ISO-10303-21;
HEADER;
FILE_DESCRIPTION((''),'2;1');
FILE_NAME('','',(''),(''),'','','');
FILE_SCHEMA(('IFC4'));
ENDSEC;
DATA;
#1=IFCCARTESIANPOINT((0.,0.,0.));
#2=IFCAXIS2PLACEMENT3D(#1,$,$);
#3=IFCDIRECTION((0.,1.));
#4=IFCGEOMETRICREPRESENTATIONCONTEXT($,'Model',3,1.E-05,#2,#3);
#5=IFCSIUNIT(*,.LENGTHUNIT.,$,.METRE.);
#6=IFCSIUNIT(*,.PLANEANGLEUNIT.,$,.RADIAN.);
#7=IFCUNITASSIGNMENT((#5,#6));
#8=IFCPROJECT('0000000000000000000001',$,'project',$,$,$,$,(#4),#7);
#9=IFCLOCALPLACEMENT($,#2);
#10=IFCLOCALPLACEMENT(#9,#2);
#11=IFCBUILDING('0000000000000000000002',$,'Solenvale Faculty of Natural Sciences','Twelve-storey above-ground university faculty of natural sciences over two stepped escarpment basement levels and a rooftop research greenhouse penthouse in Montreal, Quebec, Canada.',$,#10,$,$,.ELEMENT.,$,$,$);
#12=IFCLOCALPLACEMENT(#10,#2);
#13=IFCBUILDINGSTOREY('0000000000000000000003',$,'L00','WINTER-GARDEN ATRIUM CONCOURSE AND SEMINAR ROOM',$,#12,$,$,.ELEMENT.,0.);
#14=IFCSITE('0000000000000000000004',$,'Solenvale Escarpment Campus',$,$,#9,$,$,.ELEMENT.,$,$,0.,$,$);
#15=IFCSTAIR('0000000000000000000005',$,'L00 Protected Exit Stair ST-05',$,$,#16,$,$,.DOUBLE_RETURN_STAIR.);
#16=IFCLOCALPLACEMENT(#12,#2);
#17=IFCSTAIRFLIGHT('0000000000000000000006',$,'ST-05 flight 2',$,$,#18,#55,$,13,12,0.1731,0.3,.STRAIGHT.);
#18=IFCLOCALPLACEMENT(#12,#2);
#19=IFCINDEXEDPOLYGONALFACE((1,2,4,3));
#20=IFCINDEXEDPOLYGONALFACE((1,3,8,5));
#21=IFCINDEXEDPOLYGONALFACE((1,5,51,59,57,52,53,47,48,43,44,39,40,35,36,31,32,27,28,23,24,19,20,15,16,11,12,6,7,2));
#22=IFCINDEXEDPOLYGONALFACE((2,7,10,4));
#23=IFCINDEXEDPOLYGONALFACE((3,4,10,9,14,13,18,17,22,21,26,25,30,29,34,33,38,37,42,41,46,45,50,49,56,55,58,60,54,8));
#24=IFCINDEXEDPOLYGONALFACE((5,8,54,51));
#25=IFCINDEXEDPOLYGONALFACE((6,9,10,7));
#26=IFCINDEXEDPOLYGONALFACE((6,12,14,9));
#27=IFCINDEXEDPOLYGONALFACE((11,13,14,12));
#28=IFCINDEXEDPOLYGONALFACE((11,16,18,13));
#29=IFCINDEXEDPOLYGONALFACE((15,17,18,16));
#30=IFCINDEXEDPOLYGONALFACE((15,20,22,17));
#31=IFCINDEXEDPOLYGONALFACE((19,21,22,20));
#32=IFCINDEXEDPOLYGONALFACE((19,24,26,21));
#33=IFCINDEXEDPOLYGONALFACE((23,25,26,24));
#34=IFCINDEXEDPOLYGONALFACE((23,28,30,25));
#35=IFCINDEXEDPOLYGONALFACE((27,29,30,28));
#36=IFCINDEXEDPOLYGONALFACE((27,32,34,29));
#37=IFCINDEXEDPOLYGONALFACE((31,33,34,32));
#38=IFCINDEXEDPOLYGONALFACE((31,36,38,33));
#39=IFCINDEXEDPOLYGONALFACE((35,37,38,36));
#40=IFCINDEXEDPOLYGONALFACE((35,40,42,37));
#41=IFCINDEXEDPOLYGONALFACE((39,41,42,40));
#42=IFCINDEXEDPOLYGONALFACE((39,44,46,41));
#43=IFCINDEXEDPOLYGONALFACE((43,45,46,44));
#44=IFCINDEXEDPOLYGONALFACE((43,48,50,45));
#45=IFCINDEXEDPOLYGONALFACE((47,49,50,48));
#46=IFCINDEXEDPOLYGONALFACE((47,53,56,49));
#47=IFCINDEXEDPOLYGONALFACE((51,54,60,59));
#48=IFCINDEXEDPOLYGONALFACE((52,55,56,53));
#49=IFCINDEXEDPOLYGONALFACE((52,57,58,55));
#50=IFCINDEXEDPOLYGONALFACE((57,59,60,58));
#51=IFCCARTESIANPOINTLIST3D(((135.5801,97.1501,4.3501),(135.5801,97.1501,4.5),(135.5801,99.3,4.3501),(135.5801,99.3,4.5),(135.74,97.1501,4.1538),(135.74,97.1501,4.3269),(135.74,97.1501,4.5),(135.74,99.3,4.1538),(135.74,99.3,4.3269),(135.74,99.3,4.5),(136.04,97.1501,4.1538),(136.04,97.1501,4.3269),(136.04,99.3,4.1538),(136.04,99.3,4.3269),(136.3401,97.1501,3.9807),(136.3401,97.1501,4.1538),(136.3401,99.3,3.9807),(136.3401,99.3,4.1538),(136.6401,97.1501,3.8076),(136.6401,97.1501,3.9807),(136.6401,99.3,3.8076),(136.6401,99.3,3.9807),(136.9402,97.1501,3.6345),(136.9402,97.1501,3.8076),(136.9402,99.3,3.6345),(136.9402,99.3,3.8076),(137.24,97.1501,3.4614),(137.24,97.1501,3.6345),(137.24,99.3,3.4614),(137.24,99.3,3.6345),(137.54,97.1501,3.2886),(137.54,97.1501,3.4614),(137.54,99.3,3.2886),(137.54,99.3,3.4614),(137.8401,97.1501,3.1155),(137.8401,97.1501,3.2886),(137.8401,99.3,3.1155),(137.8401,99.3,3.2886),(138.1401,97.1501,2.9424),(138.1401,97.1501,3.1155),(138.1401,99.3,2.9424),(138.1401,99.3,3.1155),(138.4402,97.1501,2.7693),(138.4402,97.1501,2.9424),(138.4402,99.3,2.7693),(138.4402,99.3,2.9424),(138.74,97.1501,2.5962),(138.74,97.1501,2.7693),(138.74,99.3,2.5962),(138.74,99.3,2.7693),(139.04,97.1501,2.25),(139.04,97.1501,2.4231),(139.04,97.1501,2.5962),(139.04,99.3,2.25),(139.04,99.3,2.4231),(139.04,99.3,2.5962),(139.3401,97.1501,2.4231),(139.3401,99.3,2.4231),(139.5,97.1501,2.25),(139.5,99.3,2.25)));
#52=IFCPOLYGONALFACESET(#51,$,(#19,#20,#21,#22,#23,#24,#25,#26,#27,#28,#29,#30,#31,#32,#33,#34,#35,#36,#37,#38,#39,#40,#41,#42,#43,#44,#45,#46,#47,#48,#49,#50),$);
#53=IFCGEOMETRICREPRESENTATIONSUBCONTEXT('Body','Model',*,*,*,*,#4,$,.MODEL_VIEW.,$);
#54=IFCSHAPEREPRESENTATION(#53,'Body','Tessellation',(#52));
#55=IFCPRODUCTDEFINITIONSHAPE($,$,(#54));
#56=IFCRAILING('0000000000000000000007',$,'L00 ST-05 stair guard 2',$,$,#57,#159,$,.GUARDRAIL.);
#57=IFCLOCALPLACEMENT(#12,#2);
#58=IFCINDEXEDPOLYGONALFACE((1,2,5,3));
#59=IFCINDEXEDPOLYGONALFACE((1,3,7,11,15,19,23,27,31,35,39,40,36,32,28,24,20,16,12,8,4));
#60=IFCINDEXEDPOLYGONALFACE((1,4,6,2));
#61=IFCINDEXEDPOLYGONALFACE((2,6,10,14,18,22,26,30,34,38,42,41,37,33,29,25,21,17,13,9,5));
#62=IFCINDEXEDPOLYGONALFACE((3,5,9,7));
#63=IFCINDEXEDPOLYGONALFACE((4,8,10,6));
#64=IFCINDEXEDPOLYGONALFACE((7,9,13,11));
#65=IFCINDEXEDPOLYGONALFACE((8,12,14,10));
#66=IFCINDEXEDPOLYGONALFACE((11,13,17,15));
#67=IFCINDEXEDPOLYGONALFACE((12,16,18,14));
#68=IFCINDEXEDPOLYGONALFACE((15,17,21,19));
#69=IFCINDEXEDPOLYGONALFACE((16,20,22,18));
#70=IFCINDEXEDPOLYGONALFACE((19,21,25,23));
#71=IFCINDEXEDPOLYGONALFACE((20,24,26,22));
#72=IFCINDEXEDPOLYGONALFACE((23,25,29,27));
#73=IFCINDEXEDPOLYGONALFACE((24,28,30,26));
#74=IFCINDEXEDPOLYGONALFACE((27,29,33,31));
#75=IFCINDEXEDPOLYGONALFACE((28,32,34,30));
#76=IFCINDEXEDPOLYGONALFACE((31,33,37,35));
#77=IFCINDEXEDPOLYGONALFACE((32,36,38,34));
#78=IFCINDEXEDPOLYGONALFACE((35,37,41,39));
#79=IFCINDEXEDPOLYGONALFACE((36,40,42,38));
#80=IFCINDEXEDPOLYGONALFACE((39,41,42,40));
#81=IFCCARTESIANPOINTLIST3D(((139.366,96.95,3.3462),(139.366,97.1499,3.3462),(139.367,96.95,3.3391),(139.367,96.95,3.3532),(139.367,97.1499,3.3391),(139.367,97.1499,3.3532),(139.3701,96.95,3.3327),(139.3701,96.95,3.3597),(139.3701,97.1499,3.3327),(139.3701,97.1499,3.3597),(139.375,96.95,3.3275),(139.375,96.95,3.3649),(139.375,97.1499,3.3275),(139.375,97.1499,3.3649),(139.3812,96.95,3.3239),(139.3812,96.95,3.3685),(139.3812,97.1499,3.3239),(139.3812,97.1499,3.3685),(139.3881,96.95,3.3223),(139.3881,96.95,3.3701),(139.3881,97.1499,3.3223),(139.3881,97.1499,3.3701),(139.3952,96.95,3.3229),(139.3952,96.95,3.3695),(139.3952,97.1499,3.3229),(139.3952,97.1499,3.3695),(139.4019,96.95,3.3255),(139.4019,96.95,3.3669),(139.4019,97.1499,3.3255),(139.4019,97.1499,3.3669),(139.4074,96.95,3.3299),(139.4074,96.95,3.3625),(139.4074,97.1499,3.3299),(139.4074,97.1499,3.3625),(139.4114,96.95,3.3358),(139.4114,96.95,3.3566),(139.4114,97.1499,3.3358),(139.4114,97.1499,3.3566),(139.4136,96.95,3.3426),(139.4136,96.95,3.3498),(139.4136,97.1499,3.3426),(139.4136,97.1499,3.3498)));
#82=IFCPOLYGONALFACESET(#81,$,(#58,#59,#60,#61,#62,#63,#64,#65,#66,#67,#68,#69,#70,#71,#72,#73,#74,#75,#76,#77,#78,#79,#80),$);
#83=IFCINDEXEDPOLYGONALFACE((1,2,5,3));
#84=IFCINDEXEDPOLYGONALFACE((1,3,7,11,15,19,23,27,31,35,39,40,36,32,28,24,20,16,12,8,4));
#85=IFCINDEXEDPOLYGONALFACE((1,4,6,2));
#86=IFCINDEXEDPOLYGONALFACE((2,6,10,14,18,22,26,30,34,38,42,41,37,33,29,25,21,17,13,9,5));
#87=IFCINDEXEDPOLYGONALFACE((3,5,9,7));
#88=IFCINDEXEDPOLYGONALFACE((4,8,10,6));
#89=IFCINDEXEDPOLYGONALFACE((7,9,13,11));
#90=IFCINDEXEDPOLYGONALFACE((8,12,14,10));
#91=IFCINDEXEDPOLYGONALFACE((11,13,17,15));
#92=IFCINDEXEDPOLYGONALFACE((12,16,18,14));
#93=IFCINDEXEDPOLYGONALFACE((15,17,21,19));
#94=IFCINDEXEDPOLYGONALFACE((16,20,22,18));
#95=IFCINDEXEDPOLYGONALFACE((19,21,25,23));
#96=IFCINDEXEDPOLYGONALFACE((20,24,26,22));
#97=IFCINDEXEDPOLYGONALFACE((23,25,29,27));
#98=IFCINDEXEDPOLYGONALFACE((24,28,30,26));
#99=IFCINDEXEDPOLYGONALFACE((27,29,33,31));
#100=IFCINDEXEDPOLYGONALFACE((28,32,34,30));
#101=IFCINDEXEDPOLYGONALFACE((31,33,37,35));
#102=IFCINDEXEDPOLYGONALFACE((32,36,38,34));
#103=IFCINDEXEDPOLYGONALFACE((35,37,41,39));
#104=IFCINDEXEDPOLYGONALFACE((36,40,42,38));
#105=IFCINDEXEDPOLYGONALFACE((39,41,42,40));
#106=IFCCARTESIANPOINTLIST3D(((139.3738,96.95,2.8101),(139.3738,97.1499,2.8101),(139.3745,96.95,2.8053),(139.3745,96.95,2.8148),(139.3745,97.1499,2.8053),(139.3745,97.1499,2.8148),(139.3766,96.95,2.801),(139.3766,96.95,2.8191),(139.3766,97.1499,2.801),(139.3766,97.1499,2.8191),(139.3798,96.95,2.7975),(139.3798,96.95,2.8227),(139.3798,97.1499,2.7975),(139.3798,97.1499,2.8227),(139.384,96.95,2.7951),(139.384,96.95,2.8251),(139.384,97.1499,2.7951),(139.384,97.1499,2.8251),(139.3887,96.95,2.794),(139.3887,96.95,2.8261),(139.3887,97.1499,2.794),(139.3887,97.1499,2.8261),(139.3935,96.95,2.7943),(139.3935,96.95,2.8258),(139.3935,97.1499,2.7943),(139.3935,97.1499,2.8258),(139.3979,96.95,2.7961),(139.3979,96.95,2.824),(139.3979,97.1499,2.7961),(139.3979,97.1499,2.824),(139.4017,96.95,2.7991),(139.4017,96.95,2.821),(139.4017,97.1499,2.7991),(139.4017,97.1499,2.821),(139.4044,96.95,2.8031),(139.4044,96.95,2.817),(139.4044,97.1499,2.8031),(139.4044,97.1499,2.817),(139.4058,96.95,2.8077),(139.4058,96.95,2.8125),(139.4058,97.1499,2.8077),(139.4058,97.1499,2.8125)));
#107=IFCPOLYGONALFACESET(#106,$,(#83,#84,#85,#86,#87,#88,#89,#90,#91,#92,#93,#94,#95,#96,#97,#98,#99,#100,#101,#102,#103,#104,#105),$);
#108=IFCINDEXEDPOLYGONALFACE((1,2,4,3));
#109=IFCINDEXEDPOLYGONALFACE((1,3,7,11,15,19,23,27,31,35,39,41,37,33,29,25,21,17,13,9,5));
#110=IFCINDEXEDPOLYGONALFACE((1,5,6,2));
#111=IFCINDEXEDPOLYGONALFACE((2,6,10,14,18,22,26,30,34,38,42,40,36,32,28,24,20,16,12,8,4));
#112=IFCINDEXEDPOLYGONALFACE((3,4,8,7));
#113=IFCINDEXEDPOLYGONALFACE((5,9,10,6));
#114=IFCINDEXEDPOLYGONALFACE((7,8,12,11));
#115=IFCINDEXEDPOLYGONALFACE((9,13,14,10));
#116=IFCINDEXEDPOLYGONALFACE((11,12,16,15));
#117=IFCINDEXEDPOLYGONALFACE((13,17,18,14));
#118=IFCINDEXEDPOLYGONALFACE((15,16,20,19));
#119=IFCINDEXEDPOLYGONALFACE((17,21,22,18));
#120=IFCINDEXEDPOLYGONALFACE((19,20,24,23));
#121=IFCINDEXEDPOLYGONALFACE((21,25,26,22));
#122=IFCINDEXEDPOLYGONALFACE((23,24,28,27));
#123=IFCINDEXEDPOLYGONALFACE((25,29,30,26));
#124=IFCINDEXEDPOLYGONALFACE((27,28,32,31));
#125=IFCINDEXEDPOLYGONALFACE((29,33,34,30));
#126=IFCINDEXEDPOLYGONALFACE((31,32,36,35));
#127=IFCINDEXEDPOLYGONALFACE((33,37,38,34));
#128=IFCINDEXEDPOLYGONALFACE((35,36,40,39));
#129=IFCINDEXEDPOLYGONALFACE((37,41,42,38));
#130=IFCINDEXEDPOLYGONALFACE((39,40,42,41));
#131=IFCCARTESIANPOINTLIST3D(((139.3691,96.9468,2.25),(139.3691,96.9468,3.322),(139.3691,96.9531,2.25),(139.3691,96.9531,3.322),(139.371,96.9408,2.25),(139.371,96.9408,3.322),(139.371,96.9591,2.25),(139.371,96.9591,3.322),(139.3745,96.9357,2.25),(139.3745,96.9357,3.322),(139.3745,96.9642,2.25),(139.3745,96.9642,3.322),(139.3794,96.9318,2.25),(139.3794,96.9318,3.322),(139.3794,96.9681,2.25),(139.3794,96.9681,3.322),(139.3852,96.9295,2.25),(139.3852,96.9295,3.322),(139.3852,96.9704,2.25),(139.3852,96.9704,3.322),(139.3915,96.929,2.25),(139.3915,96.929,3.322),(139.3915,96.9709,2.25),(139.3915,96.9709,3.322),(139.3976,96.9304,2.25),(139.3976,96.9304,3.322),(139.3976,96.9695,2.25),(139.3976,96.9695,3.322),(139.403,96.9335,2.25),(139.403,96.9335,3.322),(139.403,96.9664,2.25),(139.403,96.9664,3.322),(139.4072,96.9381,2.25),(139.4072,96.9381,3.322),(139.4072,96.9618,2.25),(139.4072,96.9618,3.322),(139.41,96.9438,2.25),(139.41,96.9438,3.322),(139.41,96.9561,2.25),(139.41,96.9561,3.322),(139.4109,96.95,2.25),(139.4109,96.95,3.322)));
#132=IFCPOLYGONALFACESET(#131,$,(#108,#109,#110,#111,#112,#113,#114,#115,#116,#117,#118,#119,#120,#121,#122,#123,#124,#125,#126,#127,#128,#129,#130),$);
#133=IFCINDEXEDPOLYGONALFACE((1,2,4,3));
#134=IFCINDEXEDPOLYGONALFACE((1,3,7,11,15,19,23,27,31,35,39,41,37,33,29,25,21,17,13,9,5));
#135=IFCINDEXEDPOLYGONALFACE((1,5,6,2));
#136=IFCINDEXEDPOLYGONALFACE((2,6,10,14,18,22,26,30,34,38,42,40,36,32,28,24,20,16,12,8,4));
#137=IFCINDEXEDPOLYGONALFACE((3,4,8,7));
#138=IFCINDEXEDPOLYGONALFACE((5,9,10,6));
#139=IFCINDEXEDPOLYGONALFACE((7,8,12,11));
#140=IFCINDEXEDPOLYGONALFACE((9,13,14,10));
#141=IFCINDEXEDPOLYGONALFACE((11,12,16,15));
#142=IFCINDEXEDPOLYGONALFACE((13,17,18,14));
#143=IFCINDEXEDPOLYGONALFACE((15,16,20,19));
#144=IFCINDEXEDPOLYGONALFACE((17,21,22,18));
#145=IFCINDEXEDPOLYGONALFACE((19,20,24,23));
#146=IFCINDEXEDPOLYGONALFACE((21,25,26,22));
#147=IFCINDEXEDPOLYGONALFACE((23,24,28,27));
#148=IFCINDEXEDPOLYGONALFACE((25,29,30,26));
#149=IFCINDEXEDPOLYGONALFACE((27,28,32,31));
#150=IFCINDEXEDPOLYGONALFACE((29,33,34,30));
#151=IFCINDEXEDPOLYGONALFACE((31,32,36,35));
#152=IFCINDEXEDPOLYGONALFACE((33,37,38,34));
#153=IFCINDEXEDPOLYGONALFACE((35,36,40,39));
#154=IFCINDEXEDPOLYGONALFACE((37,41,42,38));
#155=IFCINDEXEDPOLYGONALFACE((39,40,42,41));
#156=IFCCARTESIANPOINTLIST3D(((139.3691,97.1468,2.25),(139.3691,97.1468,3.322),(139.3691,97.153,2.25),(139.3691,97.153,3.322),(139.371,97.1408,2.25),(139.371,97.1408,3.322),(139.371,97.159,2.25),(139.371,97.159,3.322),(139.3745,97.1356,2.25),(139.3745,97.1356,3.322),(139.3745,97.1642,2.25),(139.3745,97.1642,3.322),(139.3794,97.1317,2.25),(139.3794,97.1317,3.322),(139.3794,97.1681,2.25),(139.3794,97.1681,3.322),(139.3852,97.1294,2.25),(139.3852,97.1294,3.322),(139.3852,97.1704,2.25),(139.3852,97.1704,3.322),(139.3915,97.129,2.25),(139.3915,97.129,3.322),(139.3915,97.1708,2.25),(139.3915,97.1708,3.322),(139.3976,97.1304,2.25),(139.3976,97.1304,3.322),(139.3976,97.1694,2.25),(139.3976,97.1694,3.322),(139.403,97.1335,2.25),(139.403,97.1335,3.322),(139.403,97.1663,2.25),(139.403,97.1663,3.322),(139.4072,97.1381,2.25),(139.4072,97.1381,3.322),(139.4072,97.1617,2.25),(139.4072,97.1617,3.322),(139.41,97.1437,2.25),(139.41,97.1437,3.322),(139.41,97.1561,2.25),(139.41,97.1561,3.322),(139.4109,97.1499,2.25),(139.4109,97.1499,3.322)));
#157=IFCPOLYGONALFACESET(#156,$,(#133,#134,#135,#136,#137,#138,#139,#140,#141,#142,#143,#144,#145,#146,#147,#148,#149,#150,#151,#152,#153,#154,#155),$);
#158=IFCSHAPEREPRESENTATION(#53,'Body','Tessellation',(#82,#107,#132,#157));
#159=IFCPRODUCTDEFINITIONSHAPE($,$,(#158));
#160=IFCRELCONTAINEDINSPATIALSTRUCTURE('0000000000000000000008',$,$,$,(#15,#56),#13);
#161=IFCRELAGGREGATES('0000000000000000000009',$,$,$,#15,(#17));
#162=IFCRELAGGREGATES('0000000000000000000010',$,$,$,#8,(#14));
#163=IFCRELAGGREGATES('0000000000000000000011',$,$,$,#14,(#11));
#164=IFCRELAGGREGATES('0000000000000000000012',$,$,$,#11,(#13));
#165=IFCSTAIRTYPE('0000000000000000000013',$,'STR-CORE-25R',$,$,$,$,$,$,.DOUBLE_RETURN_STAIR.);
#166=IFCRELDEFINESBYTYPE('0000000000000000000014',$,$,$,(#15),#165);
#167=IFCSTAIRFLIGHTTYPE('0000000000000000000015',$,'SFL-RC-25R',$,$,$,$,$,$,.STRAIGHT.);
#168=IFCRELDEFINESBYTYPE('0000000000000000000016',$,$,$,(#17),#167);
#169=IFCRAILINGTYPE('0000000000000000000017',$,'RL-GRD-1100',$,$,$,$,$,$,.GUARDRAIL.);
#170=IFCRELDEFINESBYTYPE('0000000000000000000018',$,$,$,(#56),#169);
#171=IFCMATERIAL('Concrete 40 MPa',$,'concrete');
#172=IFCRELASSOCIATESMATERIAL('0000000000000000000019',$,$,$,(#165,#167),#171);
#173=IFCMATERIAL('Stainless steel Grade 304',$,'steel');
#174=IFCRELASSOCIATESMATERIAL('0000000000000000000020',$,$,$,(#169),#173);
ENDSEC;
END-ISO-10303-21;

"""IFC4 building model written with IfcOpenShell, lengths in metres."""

from ifc_helpers import new_model, si_unit, direction, frame, origin, origin_2d, place, context, subcontext, project, spatial, polyline, circle, outline, extrude, material, type_object, element, aggregate, save


model = new_model("IFC4")

# Units and contexts
model_context = context("Model", 3, precision=1e-05, world=origin(), true_north=direction((0.0, 1.0)))
body_context = subcontext(model_context, "Body", "Model", "MODEL_VIEW")
ifc_project = project(units=[si_unit("LENGTHUNIT", "METRE"), si_unit("PLANEANGLEUNIT", "RADIAN")], contexts=[model_context])

# Site, building, storey
site_placement = place(None, origin())
site = spatial("IfcSite", under=ifc_project, at=site_placement, Name="Solenvale Escarpment Campus", CompositionType="ELEMENT", RefElevation=0.0)
building_placement = place(site_placement, origin())
building = spatial("IfcBuilding", under=site, at=building_placement, Name="Solenvale Faculty of Natural Sciences", Description="Twelve-storey above-ground university faculty of natural sciences over two stepped escarpment basement levels and a rooftop research greenhouse penthouse in Montreal, Quebec, Canada.", CompositionType="ELEMENT")
storey_placement = place(building_placement, origin())
storey = spatial("IfcBuildingStorey", under=building, at=storey_placement, Name="L00", Description="WINTER-GARDEN ATRIUM CONCOURSE AND SEMINAR ROOM", CompositionType="ELEMENT", Elevation=0.0)

# Shared definitions
ifc_material_1 = material(Name="Concrete 40 MPa", Category="concrete")

# Stair, stair flight
stair_type = type_object("IfcStairType", Name="STR-CORE-25R", PredefinedType="DOUBLE_RETURN_STAIR", material=ifc_material_1)
stair_placement = place(storey_placement, origin())
stair = element("IfcStair", 1, at=stair_placement, inside=storey, type_object=stair_type, Name="L00 Protected Exit Stair ST-05", PredefinedType="DOUBLE_RETURN_STAIR")
stair_flight_type = type_object("IfcStairFlightType", Name="SFL-RC-25R", PredefinedType="STRAIGHT", material=ifc_material_1)
stair_flight_placement = place(storey_placement, frame((139.3401, 98.2251, 2.25), z_axis=(0.0, 0.0, 1.0), x_axis=(-1.0, 0.0, 0.0)))
stair_flight = element("IfcStairFlight", 2, at=stair_flight_placement, type_object=stair_flight_type, Name="ST-05 flight 2", NumberOfRisers=13, NumberOfTreads=12, PredefinedType="STRAIGHT", RiserHeight=0.1731, TreadLength=0.3, context=body_context, shape_type="SweptSolid", body=[
    extrude(outline(polyline([(-0.1599, 0.0), (0.0, 0.1731), (0.3, 0.1731), (0.3, 0.3462), (0.6001, 0.3462), (0.6001, 0.5193), (0.8999, 0.5193), (0.8999, 0.6924), (1.2, 0.6924), (1.2, 0.8655), (1.5, 0.8655), (1.5, 1.0386), (1.8, 1.0386), (1.8, 1.2114), (2.1001, 1.2114), (2.1001, 1.3845), (2.3999, 1.3845), (2.3999, 1.5576), (2.7, 1.5576), (2.7, 1.7307), (3.0, 1.7307), (3.0, 1.9038), (3.3, 1.9038), (3.3, 2.0769), (3.6001, 2.0769), (3.6001, 2.25), (3.76, 2.25), (3.76, 2.1001), (3.6001, 1.9038), (0.3, 0.0), (-0.1599, 0.0)])), frame((0.0, 1.075, 0.0), z_axis=(0.0, -1.0, 0.0), x_axis=(1.0, 0.0, 0.0)), (0.0, 0.0, 1.0), 2.1499),
])
aggregate(stair, [stair_flight])

# Railing
ifc_material_2 = material(Name="Stainless steel Grade 304", Category="steel")
railing_type_1 = type_object("IfcRailingType", Name="RL-GRD-1100", PredefinedType="GUARDRAIL", material=ifc_material_2)
railing_1_placement = place(storey_placement, frame((139.3899, 96.95, 2.25)))
element("IfcRailing", 3, at=railing_1_placement, inside=storey, type_object=railing_type_1, Name="L00 ST-05 stair guard 2", PredefinedType="GUARDRAIL", context=body_context, shape_type="SweptSolid", body=[
    extrude(circle(Radius=0.0239, at=origin_2d()), frame((0.0, 0.0, 1.0962), z_axis=(0.0, 1.0, 0.0), x_axis=(-1.0, 0.0, 0.0)), (0.0, 0.0, 1.0), 0.2),
    extrude(circle(Radius=0.0161, at=origin_2d()), frame((0.0, 0.0, 0.5601), z_axis=(0.0, 1.0, 0.0), x_axis=(-1.0, 0.0, 0.0)), (0.0, 0.0, 1.0), 0.2),
    extrude(circle(Radius=0.021, at=origin_2d()), origin(), (0.0, 0.0, 1.0), 1.072),
    extrude(circle(Radius=0.021, at=origin_2d()), frame((0.0, 0.2, 0.0)), (0.0, 0.0, 1.0), 1.072),
])

save(model, "model.ifc")
